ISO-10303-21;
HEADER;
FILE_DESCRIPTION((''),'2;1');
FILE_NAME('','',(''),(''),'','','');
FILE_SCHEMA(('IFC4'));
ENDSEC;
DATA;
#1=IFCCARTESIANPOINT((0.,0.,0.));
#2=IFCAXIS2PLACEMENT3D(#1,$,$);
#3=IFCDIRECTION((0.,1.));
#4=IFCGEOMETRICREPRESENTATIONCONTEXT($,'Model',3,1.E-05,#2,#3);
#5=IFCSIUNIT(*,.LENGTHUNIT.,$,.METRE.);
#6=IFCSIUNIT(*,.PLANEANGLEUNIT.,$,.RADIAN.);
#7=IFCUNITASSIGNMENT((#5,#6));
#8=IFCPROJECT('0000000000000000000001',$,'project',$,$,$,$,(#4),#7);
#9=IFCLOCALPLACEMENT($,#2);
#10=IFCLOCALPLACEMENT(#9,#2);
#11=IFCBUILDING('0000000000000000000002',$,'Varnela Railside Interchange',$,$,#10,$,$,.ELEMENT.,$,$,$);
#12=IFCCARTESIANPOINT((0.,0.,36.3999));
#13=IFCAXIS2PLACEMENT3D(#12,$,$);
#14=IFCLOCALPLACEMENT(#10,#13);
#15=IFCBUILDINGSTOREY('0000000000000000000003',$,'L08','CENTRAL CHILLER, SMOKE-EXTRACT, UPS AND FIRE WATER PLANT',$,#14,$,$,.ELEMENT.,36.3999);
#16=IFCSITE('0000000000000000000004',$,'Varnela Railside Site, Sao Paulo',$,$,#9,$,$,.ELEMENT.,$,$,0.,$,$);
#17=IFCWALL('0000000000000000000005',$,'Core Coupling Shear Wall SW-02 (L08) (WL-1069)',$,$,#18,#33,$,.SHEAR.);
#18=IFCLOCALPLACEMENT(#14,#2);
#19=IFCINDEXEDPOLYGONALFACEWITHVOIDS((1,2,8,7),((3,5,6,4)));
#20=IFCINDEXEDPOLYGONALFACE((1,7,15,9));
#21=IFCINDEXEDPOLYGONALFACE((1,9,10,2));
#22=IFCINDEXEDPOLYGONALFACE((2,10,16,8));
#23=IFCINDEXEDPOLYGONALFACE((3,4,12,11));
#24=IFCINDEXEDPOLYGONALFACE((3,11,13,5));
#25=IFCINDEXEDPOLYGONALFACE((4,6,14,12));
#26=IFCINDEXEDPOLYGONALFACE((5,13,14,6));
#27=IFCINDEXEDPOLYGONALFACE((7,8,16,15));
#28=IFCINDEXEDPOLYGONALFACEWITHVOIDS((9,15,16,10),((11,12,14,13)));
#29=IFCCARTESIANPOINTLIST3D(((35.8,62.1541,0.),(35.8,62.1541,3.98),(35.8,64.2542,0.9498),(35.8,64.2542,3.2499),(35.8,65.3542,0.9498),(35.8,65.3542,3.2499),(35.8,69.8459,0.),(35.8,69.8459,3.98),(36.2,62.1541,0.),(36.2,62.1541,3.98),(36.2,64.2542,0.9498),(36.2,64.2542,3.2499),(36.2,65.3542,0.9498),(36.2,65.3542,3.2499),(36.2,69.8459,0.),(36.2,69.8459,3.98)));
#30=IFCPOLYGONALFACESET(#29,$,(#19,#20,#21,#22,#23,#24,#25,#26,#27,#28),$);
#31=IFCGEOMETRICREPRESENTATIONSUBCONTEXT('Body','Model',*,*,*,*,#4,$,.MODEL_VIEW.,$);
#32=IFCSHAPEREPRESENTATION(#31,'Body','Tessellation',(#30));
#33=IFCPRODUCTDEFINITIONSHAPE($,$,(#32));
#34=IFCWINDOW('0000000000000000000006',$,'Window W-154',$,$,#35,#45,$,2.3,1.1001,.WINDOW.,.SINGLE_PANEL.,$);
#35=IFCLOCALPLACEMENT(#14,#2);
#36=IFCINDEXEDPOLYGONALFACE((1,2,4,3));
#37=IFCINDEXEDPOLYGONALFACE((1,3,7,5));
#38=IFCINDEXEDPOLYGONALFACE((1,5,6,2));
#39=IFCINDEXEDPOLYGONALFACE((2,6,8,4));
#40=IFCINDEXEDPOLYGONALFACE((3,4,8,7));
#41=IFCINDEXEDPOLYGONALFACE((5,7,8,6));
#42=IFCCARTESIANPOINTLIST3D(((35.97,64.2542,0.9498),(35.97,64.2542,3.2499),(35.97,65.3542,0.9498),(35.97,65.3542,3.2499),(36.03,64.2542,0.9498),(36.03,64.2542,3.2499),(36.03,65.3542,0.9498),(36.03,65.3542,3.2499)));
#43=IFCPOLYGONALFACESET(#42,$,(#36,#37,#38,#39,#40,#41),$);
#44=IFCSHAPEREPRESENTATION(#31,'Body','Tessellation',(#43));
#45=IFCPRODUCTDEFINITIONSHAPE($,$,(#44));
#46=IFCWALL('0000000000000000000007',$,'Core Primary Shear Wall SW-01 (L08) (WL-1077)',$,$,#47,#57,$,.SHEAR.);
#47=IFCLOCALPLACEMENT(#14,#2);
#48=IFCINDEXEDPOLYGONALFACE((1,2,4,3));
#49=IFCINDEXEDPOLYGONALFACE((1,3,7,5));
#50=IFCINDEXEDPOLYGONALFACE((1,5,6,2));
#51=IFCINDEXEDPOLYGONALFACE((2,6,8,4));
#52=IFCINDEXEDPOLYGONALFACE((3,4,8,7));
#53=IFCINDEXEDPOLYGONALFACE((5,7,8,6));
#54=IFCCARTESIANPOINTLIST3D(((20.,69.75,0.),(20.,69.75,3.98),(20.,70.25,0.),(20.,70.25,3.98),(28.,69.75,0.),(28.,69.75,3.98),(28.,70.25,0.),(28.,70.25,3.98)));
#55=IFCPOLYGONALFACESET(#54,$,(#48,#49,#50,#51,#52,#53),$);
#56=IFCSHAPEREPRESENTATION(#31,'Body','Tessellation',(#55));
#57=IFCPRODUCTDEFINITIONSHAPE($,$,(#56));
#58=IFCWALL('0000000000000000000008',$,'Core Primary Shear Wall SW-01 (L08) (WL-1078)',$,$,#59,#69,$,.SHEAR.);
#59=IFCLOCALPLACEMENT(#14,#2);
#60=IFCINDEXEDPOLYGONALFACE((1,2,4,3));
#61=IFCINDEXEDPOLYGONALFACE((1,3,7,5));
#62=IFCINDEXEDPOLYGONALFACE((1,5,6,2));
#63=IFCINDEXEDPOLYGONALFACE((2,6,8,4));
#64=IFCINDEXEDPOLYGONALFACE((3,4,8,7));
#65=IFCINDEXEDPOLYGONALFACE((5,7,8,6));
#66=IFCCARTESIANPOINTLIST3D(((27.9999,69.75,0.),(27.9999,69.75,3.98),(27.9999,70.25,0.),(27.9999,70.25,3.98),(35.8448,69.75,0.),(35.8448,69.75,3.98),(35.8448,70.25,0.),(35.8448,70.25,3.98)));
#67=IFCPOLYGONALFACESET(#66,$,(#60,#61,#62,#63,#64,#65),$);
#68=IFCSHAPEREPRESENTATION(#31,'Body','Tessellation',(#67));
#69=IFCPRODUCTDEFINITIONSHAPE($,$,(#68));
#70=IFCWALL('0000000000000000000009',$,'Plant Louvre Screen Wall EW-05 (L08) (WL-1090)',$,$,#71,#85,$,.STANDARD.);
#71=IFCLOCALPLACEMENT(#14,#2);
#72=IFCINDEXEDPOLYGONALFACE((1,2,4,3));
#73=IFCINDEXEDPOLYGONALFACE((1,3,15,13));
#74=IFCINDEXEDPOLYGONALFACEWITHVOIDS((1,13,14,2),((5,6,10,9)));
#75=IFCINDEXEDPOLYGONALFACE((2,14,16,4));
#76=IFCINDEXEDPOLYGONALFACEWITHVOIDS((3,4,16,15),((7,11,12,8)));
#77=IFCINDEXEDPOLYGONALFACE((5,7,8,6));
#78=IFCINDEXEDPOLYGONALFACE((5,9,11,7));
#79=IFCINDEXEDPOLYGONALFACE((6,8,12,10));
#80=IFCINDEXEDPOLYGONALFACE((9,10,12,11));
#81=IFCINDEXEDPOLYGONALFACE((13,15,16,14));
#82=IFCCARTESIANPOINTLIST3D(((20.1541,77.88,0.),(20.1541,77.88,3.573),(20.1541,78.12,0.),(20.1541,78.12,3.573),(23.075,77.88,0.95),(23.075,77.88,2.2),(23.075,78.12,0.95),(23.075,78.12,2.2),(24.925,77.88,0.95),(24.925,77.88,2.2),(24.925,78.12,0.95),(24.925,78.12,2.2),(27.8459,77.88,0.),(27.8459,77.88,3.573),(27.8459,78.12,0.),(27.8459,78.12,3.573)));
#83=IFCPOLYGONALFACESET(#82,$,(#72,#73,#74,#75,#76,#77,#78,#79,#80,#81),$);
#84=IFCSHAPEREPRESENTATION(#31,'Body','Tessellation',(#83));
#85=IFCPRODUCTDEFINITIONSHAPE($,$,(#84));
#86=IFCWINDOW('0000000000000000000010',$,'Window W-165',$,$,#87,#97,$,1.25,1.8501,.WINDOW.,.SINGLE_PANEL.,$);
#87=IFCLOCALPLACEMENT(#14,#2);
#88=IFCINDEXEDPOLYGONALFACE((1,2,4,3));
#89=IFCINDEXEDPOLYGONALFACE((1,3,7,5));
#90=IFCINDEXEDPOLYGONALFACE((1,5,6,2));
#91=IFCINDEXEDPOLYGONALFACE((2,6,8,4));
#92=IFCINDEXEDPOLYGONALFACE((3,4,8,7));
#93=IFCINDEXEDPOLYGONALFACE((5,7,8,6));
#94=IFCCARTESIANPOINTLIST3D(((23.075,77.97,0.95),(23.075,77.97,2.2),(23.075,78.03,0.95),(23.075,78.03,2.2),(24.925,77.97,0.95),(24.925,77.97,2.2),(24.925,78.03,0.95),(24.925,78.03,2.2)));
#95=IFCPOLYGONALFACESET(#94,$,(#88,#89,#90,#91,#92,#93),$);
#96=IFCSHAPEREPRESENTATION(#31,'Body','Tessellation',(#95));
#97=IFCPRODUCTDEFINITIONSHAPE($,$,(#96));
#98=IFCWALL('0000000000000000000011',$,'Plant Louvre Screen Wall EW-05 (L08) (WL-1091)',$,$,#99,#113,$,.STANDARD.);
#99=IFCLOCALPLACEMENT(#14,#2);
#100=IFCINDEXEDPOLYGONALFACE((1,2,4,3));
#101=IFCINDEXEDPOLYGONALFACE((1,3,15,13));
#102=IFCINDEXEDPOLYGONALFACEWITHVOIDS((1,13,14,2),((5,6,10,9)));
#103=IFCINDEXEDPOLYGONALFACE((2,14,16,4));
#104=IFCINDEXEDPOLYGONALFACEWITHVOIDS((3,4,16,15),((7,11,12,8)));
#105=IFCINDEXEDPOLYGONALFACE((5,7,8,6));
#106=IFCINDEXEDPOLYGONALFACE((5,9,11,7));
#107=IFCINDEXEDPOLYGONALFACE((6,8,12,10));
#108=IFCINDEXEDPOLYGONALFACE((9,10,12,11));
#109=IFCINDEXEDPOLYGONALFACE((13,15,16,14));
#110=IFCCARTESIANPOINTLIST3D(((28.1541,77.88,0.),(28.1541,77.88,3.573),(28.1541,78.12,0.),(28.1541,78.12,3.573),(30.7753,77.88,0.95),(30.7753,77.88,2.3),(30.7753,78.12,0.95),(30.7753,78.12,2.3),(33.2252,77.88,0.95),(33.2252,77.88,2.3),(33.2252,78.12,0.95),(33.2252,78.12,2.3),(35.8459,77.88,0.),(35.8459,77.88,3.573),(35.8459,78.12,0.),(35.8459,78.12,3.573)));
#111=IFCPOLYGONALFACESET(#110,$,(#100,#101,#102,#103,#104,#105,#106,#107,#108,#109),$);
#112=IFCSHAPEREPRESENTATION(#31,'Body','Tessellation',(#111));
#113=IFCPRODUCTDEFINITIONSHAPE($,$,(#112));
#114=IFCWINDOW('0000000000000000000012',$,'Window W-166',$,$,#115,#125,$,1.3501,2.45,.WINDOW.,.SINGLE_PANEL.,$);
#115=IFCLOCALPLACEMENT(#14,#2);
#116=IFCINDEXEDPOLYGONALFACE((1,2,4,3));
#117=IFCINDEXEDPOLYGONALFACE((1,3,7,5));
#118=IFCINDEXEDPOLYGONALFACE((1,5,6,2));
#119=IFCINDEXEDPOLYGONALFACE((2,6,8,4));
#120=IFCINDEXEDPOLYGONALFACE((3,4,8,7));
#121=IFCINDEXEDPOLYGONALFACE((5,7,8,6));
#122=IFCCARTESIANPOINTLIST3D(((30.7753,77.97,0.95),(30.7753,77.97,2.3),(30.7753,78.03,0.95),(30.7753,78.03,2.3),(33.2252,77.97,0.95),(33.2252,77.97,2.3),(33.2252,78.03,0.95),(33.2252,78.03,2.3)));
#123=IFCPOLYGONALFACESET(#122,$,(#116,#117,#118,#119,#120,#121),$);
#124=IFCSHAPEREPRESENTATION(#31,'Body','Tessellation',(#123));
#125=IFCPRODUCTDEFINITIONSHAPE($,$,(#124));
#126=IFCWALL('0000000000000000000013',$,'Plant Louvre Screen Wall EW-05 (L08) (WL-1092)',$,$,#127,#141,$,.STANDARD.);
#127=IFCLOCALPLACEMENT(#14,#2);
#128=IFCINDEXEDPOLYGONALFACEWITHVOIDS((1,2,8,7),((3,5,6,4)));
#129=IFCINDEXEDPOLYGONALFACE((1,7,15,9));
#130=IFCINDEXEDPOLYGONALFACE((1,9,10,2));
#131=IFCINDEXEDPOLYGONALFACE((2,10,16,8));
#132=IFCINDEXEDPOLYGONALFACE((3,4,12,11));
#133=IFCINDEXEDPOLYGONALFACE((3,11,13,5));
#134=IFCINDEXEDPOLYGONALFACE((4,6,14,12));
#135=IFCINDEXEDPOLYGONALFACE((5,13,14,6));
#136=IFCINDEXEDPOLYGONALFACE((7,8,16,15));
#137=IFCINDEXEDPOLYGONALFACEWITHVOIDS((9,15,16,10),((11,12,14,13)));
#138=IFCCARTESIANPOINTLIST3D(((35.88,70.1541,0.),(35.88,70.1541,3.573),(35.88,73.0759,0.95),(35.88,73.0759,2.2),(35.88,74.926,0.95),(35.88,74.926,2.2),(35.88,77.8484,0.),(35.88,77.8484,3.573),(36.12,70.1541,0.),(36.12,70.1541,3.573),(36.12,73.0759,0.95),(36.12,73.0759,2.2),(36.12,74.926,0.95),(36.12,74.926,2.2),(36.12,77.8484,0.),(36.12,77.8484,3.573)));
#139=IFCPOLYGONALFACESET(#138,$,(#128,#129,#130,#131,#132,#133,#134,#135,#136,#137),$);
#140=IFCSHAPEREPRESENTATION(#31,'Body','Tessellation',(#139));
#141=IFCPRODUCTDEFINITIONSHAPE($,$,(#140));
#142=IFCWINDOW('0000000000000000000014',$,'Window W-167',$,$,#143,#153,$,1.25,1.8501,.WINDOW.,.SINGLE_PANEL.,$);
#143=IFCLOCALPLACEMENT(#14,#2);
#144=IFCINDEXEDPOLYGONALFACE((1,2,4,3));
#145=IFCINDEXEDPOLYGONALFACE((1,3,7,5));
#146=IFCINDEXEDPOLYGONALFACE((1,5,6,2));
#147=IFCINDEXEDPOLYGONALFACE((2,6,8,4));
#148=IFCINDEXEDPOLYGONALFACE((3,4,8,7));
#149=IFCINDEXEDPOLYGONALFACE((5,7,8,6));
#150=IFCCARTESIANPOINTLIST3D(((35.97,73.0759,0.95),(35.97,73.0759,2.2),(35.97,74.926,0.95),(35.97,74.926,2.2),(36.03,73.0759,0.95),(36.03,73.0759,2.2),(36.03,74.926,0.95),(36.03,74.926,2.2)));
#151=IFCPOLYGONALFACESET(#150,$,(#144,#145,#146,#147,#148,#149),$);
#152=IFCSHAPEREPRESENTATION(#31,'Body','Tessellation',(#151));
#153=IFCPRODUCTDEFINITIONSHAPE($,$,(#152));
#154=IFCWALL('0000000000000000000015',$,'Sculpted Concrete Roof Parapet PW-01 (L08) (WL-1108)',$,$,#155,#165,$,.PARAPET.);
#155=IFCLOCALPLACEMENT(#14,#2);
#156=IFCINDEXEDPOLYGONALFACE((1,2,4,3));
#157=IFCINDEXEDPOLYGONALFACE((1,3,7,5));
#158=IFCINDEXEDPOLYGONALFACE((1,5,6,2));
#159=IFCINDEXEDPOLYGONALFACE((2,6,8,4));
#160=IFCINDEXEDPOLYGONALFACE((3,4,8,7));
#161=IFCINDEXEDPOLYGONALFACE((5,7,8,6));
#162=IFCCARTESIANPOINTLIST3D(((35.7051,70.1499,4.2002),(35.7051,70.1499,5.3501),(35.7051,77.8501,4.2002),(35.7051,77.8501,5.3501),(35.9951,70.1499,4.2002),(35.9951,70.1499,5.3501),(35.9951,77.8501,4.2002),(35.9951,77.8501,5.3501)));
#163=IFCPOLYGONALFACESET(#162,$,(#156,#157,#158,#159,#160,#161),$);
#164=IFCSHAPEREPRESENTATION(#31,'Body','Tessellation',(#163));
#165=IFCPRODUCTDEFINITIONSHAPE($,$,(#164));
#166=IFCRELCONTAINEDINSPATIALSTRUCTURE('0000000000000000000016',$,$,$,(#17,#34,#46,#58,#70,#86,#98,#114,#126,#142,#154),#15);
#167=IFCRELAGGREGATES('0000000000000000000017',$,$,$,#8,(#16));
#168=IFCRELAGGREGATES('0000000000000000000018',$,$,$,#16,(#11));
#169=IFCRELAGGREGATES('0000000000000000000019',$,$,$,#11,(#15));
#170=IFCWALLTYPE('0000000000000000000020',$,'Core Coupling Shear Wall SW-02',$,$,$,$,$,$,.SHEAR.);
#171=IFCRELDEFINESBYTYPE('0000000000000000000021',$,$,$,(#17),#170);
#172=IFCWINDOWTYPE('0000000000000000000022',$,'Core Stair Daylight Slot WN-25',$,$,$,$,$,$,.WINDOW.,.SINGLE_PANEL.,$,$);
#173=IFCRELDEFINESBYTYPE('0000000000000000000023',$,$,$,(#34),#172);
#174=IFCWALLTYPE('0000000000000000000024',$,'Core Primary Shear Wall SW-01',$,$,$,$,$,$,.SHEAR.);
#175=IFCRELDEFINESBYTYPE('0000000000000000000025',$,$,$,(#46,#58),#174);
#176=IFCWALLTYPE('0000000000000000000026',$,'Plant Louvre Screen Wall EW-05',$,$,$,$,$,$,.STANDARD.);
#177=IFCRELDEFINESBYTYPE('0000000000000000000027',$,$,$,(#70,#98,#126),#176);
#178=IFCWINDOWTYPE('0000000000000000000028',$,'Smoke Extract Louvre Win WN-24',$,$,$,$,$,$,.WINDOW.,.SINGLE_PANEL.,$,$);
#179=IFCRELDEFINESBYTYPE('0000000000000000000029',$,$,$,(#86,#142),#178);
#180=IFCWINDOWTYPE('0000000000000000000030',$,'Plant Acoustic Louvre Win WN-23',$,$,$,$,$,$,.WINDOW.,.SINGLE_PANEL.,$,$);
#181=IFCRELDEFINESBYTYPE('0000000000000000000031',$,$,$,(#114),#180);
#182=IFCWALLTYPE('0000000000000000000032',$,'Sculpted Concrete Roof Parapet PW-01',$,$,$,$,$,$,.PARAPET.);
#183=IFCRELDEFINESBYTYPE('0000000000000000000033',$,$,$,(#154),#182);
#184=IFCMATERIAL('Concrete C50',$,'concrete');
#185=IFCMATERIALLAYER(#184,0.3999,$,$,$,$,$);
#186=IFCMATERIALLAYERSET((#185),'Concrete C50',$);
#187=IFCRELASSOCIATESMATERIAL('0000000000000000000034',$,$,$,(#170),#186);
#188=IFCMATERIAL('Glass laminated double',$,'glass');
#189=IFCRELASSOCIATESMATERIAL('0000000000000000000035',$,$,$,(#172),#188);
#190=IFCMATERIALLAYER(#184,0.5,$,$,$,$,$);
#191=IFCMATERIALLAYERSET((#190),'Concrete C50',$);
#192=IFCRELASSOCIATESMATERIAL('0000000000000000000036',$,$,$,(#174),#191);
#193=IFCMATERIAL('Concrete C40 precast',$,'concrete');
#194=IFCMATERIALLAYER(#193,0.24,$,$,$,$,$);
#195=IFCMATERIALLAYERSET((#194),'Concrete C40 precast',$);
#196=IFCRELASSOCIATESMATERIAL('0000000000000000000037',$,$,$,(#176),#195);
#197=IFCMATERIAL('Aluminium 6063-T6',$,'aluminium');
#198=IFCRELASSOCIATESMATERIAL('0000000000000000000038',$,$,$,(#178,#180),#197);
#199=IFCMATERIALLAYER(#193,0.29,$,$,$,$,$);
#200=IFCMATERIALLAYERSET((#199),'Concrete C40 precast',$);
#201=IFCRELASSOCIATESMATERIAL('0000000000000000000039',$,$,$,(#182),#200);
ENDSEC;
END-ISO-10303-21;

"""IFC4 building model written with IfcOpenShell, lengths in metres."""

from ifc_helpers import new_model, si_unit, direction, frame, frame_2d, origin, place, context, subcontext, project, spatial, rectangle, extrude, material, layer, layer_set, type_object, element, fill, save


model = new_model("IFC4")

# Units and contexts
model_context = context("Model", 3, precision=1e-05, world=origin(), true_north=direction((0.0, 1.0)))
body_context = subcontext(model_context, "Body", "Model", "MODEL_VIEW")
ifc_project = project(units=[si_unit("LENGTHUNIT", "METRE"), si_unit("PLANEANGLEUNIT", "RADIAN")], contexts=[model_context])

# Site, building, storey
site_placement = place(None, origin())
site = spatial("IfcSite", under=ifc_project, at=site_placement, Name="Varnela Railside Site, Sao Paulo", CompositionType="ELEMENT", RefElevation=0.0)
building_placement = place(site_placement, origin())
building = spatial("IfcBuilding", under=site, at=building_placement, Name="Varnela Railside Interchange", CompositionType="ELEMENT")
storey_placement = place(building_placement, frame((0.0, 0.0, 36.3999)))
storey = spatial("IfcBuildingStorey", under=building, at=storey_placement, Name="L08", Description="CENTRAL CHILLER, SMOKE-EXTRACT, UPS AND FIRE WATER PLANT", CompositionType="ELEMENT", Elevation=36.3999)

# Wall, opening, window
ifc_material_1 = material(Name="Concrete C50", Category="concrete")
ifc_layer_1 = layer(ifc_material_1, 0.3999)
ifc_layer_set_1 = layer_set([ifc_layer_1], Name="Concrete C50")
wall_type_1 = type_object("IfcWallType", Name="Core Coupling Shear Wall SW-02", PredefinedType="SHEAR", material=ifc_layer_set_1)
wall_1_placement = place(storey_placement, frame((36.0, 62.1541, 0.0), z_axis=(0.0, 0.0, 1.0), x_axis=(0.0, 1.0, 0.0)))
wall_1 = element("IfcWall", 1, at=wall_1_placement, inside=storey, type_object=wall_type_1, Name="Core Coupling Shear Wall SW-02 (L08) (WL-1069)", PredefinedType="SHEAR", context=body_context, shape_type="SweptSolid", body=[
    extrude(rectangle(XDim=7.6919, YDim=0.3999, at=frame_2d((3.8459, 0.0))), origin(), (0.0, 0.0, 1.0), 3.98),
])
opening_1_placement = place(wall_1_placement, frame((2.1001, 0.0, 0.95)))
opening_1 = element("IfcOpeningElement", 2, at=opening_1_placement, cuts=wall_1, PredefinedType="OPENING", context=body_context, shape_type="SweptSolid", body=[
    extrude(rectangle(XDim=1.1001, YDim=2.3, at=frame_2d((0.55, 1.1499))), frame((0.0, 0.21, 0.0), z_axis=(0.0, -1.0, 0.0), x_axis=(1.0, 0.0, 0.0)), (0.0, 0.0, 1.0), 0.4199),
])
ifc_material_2 = material(Name="Glass laminated double", Category="glass")
window_type_1 = type_object("IfcWindowType", Name="Core Stair Daylight Slot WN-25", PartitioningType="SINGLE_PANEL", PredefinedType="WINDOW", material=ifc_material_2)
window_1_placement = place(opening_1_placement, origin())
window_1 = element("IfcWindow", 3, at=window_1_placement, inside=storey, type_object=window_type_1, Name="Window W-154", OverallHeight=2.3, OverallWidth=1.1001, PartitioningType="SINGLE_PANEL", PredefinedType="WINDOW", context=body_context, shape_type="SweptSolid", body=[
    extrude(rectangle(XDim=1.1001, YDim=2.3, at=frame_2d((0.55, 1.1499))), frame((0.0, 0.03, 0.0), z_axis=(0.0, -1.0, 0.0), x_axis=(1.0, 0.0, 0.0)), (0.0, 0.0, 1.0), 0.0601),
])
fill(opening_1, window_1)

# Walls
ifc_layer_2 = layer(ifc_material_1, 0.5)
ifc_layer_set_2 = layer_set([ifc_layer_2], Name="Concrete C50")
wall_type_2 = type_object("IfcWallType", Name="Core Primary Shear Wall SW-01", PredefinedType="SHEAR", material=ifc_layer_set_2)
wall_2_placement = place(storey_placement, frame((20.0, 70.0, 0.0), z_axis=(0.0, 0.0, 1.0), x_axis=(1.0, 0.0, 0.0)))
element("IfcWall", 4, at=wall_2_placement, inside=storey, type_object=wall_type_2, Name="Core Primary Shear Wall SW-01 (L08) (WL-1077)", PredefinedType="SHEAR", context=body_context, shape_type="SweptSolid", body=[
    extrude(rectangle(XDim=8.0, YDim=0.5, at=frame_2d((4.0, 0.0))), origin(), (0.0, 0.0, 1.0), 3.98),
])
wall_3_placement = place(storey_placement, frame((28.0, 70.0, 0.0), z_axis=(0.0, 0.0, 1.0), x_axis=(1.0, 0.0, 0.0)))
element("IfcWall", 5, at=wall_3_placement, inside=storey, type_object=wall_type_2, Name="Core Primary Shear Wall SW-01 (L08) (WL-1078)", PredefinedType="SHEAR", context=body_context, shape_type="SweptSolid", body=[
    extrude(rectangle(XDim=7.845, YDim=0.5, at=frame_2d((3.9224, 0.0))), origin(), (0.0, 0.0, 1.0), 3.98),
])

# Walls, openings, windows
ifc_material_3 = material(Name="Concrete C40 precast", Category="concrete")
ifc_layer_3 = layer(ifc_material_3, 0.24)
ifc_layer_set_3 = layer_set([ifc_layer_3], Name="Concrete C40 precast")
wall_type_3 = type_object("IfcWallType", Name="Plant Louvre Screen Wall EW-05", PredefinedType="STANDARD", material=ifc_layer_set_3)
wall_4_placement = place(storey_placement, frame((20.1541, 78.0, 0.0), z_axis=(0.0, 0.0, 1.0), x_axis=(1.0, 0.0, 0.0)))
wall_4 = element("IfcWall", 6, at=wall_4_placement, inside=storey, type_object=wall_type_3, Name="Plant Louvre Screen Wall EW-05 (L08) (WL-1090)", PredefinedType="STANDARD", context=body_context, shape_type="SweptSolid", body=[
    extrude(rectangle(XDim=7.6919, YDim=0.24, at=frame_2d((3.8459, 0.0))), origin(), (0.0, 0.0, 1.0), 3.573),
])
opening_2_placement = place(wall_4_placement, frame((2.9209, 0.0, 0.95)))
opening_2 = element("IfcOpeningElement", 7, at=opening_2_placement, cuts=wall_4, PredefinedType="OPENING", context=body_context, shape_type="SweptSolid", body=[
    extrude(rectangle(XDim=1.8501, YDim=1.25, at=frame_2d((0.925, 0.625))), frame((0.0, 0.1299, 0.0), z_axis=(0.0, -1.0, 0.0), x_axis=(1.0, 0.0, 0.0)), (0.0, 0.0, 1.0), 0.26),
])
ifc_material_4 = material(Name="Aluminium 6063-T6", Category="aluminium")
window_type_2 = type_object("IfcWindowType", Name="Smoke Extract Louvre Win WN-24", PartitioningType="SINGLE_PANEL", PredefinedType="WINDOW", material=ifc_material_4)
window_2_placement = place(opening_2_placement, origin())
window_2 = element("IfcWindow", 8, at=window_2_placement, inside=storey, type_object=window_type_2, Name="Window W-165", OverallHeight=1.25, OverallWidth=1.8501, PartitioningType="SINGLE_PANEL", PredefinedType="WINDOW", context=body_context, shape_type="SweptSolid", body=[
    extrude(rectangle(XDim=1.8501, YDim=1.25, at=frame_2d((0.925, 0.625))), frame((0.0, 0.03, 0.0), z_axis=(0.0, -1.0, 0.0), x_axis=(1.0, 0.0, 0.0)), (0.0, 0.0, 1.0), 0.0601),
])
fill(opening_2, window_2)
wall_5_placement = place(storey_placement, frame((28.1541, 78.0, 0.0), z_axis=(0.0, 0.0, 1.0), x_axis=(1.0, 0.0, 0.0)))
wall_5 = element("IfcWall", 9, at=wall_5_placement, inside=storey, type_object=wall_type_3, Name="Plant Louvre Screen Wall EW-05 (L08) (WL-1091)", PredefinedType="STANDARD", context=body_context, shape_type="SweptSolid", body=[
    extrude(rectangle(XDim=7.6919, YDim=0.24, at=frame_2d((3.8459, 0.0))), origin(), (0.0, 0.0, 1.0), 3.573),
])
opening_3_placement = place(wall_5_placement, frame((2.6211, 0.0, 0.95)))
opening_3 = element("IfcOpeningElement", 10, at=opening_3_placement, cuts=wall_5, PredefinedType="OPENING", context=body_context, shape_type="SweptSolid", body=[
    extrude(rectangle(XDim=2.45, YDim=1.3501, at=frame_2d((1.2251, 0.675))), frame((0.0, 0.1299, 0.0), z_axis=(0.0, -1.0, 0.0), x_axis=(1.0, 0.0, 0.0)), (0.0, 0.0, 1.0), 0.26),
])
window_type_3 = type_object("IfcWindowType", Name="Plant Acoustic Louvre Win WN-23", PartitioningType="SINGLE_PANEL", PredefinedType="WINDOW", material=ifc_material_4)
window_3_placement = place(opening_3_placement, origin())
window_3 = element("IfcWindow", 11, at=window_3_placement, inside=storey, type_object=window_type_3, Name="Window W-166", OverallHeight=1.3501, OverallWidth=2.45, PartitioningType="SINGLE_PANEL", PredefinedType="WINDOW", context=body_context, shape_type="SweptSolid", body=[
    extrude(rectangle(XDim=2.45, YDim=1.3501, at=frame_2d((1.2251, 0.675))), frame((0.0, 0.03, 0.0), z_axis=(0.0, -1.0, 0.0), x_axis=(1.0, 0.0, 0.0)), (0.0, 0.0, 1.0), 0.0601),
])
fill(opening_3, window_3)
wall_6_placement = place(storey_placement, frame((36.0, 77.8484, 0.0), z_axis=(0.0, 0.0, 1.0), x_axis=(0.0, -1.0, 0.0)))
wall_6 = element("IfcWall", 12, at=wall_6_placement, inside=storey, type_object=wall_type_3, Name="Plant Louvre Screen Wall EW-05 (L08) (WL-1092)", PredefinedType="STANDARD", context=body_context, shape_type="SweptSolid", body=[
    extrude(rectangle(XDim=7.6943, YDim=0.24, at=frame_2d((3.8472, 0.0))), origin(), (0.0, 0.0, 1.0), 3.573),
])
opening_4_placement = place(wall_6_placement, frame((2.9224, 0.0, 0.95)))
opening_4 = element("IfcOpeningElement", 13, at=opening_4_placement, cuts=wall_6, PredefinedType="OPENING", context=body_context, shape_type="SweptSolid", body=[
    extrude(rectangle(XDim=1.8501, YDim=1.25, at=frame_2d((0.925, 0.625))), frame((0.0, 0.1299, 0.0), z_axis=(0.0, -1.0, 0.0), x_axis=(1.0, 0.0, 0.0)), (0.0, 0.0, 1.0), 0.26),
])
window_4_placement = place(opening_4_placement, origin())
window_4 = element("IfcWindow", 14, at=window_4_placement, inside=storey, type_object=window_type_2, Name="Window W-167", OverallHeight=1.25, OverallWidth=1.8501, PartitioningType="SINGLE_PANEL", PredefinedType="WINDOW", context=body_context, shape_type="SweptSolid", body=[
    extrude(rectangle(XDim=1.8501, YDim=1.25, at=frame_2d((0.925, 0.625))), frame((0.0, 0.03, 0.0), z_axis=(0.0, -1.0, 0.0), x_axis=(1.0, 0.0, 0.0)), (0.0, 0.0, 1.0), 0.0601),
])
fill(opening_4, window_4)

# Wall
ifc_layer_4 = layer(ifc_material_3, 0.29)
ifc_layer_set_4 = layer_set([ifc_layer_4], Name="Concrete C40 precast")
wall_type_4 = type_object("IfcWallType", Name="Sculpted Concrete Roof Parapet PW-01", PredefinedType="PARAPET", material=ifc_layer_set_4)
wall_7_placement = place(storey_placement, frame((35.8501, 70.1499, 4.2002), z_axis=(0.0, 0.0, 1.0), x_axis=(0.0, 1.0, 0.0)))
element("IfcWall", 15, at=wall_7_placement, inside=storey, type_object=wall_type_4, Name="Sculpted Concrete Roof Parapet PW-01 (L08) (WL-1108)", PredefinedType="PARAPET", context=body_context, shape_type="SweptSolid", body=[
    extrude(rectangle(XDim=7.7002, YDim=0.29, at=frame_2d((3.8501, 0.0))), origin(), (0.0, 0.0, 1.0), 1.1499),
])

save(model, "model.ifc")
